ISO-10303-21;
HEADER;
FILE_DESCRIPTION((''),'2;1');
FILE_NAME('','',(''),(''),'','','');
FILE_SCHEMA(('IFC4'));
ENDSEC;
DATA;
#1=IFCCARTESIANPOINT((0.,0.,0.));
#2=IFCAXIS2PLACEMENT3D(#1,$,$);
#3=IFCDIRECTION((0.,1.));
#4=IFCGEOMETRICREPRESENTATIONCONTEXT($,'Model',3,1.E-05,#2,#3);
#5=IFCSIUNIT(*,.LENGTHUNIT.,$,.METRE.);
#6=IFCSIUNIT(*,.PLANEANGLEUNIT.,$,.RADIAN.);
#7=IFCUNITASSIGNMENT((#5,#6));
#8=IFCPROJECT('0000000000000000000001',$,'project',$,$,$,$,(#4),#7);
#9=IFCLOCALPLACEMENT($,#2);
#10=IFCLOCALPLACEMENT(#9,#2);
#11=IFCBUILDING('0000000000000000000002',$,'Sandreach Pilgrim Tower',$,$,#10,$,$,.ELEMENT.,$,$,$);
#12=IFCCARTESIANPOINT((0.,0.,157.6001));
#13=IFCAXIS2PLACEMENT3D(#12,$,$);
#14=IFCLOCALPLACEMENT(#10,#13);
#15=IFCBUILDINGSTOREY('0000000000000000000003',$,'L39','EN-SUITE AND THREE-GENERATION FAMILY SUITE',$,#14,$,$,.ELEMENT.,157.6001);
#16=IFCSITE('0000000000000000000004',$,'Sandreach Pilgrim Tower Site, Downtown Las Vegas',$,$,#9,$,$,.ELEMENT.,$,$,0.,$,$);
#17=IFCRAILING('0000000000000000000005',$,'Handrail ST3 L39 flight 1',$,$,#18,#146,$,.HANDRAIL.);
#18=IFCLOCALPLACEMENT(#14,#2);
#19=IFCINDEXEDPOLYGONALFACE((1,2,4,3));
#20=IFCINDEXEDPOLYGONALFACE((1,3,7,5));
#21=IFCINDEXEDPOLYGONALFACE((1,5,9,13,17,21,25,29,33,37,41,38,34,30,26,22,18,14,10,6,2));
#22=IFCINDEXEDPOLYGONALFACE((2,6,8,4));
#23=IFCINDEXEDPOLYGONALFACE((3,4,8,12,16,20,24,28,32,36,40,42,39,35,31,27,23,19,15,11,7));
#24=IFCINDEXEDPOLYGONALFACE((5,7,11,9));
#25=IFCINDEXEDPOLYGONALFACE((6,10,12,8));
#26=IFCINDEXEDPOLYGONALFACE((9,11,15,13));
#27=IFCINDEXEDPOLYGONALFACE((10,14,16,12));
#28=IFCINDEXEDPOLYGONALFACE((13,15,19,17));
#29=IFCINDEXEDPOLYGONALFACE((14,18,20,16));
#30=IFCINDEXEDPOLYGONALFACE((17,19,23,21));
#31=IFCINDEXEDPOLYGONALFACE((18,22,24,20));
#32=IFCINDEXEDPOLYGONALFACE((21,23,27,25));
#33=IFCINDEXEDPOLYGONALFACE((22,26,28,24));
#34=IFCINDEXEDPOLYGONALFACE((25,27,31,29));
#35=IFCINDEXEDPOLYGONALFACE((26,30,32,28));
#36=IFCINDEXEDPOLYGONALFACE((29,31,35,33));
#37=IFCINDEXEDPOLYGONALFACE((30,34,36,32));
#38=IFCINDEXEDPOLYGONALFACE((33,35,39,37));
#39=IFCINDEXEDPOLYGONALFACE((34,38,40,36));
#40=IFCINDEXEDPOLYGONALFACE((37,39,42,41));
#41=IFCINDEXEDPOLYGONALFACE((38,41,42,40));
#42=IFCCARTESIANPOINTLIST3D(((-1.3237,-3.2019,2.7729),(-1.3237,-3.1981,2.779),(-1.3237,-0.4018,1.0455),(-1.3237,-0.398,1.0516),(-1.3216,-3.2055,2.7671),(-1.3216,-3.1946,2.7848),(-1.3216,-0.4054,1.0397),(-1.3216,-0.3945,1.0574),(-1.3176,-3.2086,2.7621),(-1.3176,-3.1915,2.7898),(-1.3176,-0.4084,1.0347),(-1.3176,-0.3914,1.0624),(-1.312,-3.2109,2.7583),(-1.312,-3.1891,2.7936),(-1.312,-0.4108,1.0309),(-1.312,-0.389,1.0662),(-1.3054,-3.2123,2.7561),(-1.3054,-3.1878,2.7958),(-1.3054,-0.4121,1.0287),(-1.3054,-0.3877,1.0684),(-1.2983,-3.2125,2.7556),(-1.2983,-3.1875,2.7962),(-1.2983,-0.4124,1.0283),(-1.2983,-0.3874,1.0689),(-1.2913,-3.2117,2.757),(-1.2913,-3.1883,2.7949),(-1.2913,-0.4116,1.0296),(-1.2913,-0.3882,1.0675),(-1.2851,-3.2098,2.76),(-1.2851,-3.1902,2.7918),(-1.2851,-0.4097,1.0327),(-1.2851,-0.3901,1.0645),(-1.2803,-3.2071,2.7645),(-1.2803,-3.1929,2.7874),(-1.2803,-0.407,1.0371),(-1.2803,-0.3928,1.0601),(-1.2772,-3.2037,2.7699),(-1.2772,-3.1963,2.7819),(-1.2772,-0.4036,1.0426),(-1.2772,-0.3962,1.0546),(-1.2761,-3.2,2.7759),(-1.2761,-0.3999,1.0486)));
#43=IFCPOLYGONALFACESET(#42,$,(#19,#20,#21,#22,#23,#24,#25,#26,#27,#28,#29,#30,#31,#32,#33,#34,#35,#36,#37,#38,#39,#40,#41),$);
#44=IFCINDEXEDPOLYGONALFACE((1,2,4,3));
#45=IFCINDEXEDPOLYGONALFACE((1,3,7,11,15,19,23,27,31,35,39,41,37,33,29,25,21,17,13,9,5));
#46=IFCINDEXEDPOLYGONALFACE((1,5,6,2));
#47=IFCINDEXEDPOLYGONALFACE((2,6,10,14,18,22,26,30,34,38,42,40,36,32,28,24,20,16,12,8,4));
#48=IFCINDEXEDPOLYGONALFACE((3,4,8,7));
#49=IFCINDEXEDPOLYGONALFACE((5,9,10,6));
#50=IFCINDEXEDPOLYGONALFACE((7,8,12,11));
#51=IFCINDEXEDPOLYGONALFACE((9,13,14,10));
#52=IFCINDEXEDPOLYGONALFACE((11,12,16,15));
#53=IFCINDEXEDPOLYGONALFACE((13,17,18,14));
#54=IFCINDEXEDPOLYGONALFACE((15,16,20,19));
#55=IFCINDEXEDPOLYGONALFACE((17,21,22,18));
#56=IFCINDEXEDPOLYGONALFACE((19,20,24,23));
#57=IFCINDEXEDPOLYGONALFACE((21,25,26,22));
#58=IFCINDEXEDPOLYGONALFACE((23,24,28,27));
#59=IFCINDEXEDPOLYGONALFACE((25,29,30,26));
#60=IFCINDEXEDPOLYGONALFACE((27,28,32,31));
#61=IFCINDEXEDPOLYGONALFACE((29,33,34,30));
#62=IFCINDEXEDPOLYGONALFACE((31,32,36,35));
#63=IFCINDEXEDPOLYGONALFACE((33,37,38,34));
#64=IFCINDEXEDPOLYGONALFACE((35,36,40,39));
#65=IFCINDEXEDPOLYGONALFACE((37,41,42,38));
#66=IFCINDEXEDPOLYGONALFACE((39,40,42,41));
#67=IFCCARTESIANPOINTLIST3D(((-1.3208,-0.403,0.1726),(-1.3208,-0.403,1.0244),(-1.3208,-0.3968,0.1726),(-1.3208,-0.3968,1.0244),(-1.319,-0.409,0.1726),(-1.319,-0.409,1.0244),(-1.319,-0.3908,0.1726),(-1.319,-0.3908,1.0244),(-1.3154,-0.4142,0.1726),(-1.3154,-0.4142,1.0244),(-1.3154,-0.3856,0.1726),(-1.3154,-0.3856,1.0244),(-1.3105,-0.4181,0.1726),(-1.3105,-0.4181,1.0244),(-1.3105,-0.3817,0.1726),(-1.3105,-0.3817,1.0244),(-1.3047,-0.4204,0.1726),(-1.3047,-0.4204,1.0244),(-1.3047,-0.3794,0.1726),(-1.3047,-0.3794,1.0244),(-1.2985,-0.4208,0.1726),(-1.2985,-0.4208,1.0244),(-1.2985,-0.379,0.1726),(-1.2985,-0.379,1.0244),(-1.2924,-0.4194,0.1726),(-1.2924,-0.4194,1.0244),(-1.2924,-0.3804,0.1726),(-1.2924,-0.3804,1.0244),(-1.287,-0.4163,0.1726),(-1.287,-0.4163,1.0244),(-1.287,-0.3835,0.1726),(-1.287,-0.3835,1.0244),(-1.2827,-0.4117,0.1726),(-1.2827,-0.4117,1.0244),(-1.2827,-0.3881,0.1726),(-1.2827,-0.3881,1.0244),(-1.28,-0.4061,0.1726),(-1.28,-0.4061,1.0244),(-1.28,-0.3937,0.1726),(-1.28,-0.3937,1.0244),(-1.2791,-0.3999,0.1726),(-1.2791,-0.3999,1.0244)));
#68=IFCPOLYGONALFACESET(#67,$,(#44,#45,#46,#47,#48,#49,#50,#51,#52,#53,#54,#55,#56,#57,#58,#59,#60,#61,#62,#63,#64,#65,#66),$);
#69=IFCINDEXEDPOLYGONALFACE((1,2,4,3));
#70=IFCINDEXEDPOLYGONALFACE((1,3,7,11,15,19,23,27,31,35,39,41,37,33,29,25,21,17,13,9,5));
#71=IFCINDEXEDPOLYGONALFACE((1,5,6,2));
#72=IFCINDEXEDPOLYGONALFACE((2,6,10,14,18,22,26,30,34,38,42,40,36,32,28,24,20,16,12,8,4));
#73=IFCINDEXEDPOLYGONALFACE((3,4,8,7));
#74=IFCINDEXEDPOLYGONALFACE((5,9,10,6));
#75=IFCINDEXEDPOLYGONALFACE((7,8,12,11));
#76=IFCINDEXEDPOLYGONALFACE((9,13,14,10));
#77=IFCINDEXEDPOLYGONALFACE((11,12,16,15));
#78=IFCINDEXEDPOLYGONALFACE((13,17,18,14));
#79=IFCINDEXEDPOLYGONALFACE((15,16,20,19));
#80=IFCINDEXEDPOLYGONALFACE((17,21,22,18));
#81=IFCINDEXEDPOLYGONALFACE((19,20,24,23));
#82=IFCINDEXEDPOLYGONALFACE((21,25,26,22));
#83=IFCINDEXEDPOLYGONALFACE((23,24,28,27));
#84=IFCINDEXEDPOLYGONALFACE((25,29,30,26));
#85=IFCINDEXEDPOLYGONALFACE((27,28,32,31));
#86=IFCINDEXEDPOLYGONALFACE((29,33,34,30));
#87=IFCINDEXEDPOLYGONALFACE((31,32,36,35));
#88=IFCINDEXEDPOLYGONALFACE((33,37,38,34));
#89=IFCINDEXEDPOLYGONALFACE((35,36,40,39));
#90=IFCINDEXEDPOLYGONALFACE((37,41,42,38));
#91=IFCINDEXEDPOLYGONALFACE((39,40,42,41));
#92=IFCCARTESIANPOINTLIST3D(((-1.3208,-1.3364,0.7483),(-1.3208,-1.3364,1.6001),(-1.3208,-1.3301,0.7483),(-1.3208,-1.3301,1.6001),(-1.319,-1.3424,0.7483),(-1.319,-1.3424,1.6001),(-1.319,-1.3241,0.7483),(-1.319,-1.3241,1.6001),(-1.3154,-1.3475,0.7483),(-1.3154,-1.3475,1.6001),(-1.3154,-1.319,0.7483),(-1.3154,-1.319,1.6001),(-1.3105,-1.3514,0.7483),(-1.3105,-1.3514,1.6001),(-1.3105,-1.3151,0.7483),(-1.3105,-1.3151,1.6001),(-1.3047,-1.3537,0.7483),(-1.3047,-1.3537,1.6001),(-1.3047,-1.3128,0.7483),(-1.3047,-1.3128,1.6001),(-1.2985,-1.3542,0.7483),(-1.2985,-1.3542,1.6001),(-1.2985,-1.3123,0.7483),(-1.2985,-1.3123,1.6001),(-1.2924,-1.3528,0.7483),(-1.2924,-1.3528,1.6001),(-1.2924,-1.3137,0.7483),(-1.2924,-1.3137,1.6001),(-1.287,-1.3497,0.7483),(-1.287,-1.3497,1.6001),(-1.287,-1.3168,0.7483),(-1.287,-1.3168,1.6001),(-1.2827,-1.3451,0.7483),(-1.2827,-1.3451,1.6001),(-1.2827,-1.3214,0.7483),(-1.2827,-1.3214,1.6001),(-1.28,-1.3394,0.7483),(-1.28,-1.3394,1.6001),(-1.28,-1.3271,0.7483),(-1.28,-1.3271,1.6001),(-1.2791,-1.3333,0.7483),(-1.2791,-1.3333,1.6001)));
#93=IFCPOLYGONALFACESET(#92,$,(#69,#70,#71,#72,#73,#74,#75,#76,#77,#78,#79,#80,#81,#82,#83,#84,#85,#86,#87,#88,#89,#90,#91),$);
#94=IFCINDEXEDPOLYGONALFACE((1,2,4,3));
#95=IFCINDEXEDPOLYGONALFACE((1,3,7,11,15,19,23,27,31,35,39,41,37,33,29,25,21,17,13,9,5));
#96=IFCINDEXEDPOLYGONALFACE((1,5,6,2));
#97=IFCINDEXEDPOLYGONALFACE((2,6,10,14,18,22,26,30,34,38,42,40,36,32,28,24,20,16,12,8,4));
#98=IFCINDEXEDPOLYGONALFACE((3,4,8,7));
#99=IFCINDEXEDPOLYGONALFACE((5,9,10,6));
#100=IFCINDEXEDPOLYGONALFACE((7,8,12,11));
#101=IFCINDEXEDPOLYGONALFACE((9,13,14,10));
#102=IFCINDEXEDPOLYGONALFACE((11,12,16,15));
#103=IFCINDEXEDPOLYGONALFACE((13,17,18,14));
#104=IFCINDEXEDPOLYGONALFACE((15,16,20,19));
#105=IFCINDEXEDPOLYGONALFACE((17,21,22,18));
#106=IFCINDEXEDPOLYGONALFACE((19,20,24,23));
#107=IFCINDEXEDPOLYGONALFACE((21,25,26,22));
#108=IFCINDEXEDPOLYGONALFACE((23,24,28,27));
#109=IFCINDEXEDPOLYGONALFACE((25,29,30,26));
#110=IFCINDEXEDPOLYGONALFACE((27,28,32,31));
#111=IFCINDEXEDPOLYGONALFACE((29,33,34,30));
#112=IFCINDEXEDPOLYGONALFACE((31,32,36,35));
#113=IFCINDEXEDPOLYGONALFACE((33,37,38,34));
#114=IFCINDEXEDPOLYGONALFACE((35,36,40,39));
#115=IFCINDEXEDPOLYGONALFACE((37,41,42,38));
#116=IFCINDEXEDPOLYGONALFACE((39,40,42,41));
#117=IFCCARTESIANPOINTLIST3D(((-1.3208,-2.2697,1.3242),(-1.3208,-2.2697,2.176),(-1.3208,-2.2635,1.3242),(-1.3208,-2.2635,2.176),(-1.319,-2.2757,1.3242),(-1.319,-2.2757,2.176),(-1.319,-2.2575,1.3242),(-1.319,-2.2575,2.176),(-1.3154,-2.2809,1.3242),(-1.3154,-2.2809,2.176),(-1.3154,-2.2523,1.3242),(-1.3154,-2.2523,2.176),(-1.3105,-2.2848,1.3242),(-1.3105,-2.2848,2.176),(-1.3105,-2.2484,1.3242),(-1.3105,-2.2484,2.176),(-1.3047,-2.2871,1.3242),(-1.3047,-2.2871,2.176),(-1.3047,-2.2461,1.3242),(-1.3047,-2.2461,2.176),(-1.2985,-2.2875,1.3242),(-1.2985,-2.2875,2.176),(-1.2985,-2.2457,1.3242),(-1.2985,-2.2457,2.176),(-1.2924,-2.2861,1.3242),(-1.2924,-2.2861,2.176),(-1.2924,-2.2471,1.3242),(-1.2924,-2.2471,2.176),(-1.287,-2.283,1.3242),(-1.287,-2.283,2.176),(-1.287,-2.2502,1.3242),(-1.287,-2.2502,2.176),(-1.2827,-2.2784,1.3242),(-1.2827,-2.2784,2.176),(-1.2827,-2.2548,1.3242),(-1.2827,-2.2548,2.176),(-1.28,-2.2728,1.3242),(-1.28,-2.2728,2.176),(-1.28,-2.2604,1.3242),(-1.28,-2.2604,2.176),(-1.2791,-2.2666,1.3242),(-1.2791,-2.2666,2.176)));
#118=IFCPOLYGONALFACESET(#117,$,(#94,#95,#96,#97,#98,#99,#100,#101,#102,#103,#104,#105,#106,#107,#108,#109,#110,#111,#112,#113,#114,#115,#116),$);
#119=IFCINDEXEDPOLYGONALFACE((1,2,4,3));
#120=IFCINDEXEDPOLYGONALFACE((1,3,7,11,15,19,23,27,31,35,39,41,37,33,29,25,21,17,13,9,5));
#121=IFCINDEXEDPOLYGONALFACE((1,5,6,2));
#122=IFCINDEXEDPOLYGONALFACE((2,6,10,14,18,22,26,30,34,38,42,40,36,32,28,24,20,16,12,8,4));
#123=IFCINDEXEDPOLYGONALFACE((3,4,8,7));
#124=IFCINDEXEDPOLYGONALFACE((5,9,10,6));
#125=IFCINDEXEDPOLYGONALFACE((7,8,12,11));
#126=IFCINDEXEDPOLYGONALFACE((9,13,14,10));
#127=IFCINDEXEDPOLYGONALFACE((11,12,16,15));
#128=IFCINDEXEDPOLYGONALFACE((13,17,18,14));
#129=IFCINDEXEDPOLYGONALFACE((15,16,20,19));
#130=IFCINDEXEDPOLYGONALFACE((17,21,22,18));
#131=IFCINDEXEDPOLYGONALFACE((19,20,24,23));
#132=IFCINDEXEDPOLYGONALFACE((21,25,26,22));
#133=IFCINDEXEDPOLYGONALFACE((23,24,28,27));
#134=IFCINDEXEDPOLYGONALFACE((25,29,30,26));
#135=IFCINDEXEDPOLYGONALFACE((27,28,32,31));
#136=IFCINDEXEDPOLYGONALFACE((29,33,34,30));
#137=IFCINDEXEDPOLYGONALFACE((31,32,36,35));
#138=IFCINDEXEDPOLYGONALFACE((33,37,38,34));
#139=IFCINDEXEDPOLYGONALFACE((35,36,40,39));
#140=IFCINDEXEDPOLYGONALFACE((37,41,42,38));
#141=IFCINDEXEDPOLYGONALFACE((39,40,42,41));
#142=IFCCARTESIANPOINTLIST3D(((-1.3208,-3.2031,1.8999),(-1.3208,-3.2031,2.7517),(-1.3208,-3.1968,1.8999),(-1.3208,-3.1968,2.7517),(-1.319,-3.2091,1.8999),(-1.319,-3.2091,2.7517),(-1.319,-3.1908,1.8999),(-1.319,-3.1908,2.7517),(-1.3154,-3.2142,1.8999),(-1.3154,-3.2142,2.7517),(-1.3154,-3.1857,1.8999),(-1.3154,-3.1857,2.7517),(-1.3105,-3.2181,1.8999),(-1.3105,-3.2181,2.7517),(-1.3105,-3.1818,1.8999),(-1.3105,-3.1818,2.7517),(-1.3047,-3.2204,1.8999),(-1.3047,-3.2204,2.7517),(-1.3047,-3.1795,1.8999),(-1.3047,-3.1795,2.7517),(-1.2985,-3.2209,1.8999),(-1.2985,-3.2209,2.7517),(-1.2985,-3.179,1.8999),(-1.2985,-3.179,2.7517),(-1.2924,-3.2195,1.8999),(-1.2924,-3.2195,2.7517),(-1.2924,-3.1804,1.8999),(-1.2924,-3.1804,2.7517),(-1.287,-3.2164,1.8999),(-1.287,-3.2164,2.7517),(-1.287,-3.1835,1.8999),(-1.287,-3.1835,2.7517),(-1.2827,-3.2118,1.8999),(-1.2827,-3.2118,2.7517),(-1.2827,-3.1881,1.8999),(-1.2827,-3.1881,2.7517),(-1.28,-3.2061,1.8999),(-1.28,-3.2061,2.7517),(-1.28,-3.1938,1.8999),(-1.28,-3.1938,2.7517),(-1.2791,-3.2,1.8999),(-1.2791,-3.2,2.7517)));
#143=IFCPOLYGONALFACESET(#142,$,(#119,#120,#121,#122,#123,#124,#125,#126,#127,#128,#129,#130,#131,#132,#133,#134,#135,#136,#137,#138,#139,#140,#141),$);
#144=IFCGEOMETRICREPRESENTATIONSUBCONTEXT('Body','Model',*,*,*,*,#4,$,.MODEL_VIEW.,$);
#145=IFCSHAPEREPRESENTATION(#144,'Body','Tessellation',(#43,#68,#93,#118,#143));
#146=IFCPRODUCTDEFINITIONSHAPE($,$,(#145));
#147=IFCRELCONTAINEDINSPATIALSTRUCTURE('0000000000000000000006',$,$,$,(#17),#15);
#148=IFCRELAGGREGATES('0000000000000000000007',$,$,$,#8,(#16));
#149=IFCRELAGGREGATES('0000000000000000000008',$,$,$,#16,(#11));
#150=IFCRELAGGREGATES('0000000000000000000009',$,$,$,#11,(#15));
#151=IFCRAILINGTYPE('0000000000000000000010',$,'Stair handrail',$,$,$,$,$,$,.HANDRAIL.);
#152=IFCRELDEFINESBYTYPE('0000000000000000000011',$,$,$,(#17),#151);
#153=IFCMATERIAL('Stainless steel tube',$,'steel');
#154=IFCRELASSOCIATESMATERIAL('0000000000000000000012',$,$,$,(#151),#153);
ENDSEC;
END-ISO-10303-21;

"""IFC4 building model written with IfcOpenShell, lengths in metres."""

from ifc_helpers import new_model, si_unit, direction, frame, origin, origin_2d, place, context, subcontext, project, spatial, circle, extrude, material, type_object, element, save


model = new_model("IFC4")

# Units and contexts
model_context = context("Model", 3, precision=1e-05, world=origin(), true_north=direction((0.0, 1.0)))
body_context = subcontext(model_context, "Body", "Model", "MODEL_VIEW")
ifc_project = project(units=[si_unit("LENGTHUNIT", "METRE"), si_unit("PLANEANGLEUNIT", "RADIAN")], contexts=[model_context])

# Site, building, storey
site_placement = place(None, origin())
site = spatial("IfcSite", under=ifc_project, at=site_placement, Name="Sandreach Pilgrim Tower Site, Downtown Las Vegas", CompositionType="ELEMENT", RefElevation=0.0)
building_placement = place(site_placement, origin())
building = spatial("IfcBuilding", under=site, at=building_placement, Name="Sandreach Pilgrim Tower", CompositionType="ELEMENT")
storey_placement = place(building_placement, frame((0.0, 0.0, 157.6001)))
storey = spatial("IfcBuildingStorey", under=building, at=storey_placement, Name="L39", Description="EN-SUITE AND THREE-GENERATION FAMILY SUITE", CompositionType="ELEMENT", Elevation=157.6001)

# Railing
ifc_material_1 = material(Name="Stainless steel tube", Category="steel")
railing_type = type_object("IfcRailingType", Name="Stair handrail", PredefinedType="HANDRAIL", material=ifc_material_1)
for number, where, name in (
    (1, (-1.3, -0.3999, 0.1726), "Handrail ST3 L39 flight 1"),
):
    element("IfcRailing", number, at=place(storey_placement, frame(where)), inside=storey, type_object=railing_type, Name=name, PredefinedType="HANDRAIL", context=body_context, shape_type="SweptSolid", body=[
        extrude(circle(Radius=0.0239, at=origin_2d()), frame((0.0, 0.0, 0.876), z_axis=(0.0, -0.85109, 0.52502), x_axis=(1.0, 0.0, 0.0)), (0.0, 0.0, 1.0), 3.29),
        extrude(circle(Radius=0.021, at=origin_2d()), origin(), (0.0, 0.0, 1.0), 0.8518),
        extrude(circle(Radius=0.021, at=origin_2d()), frame((0.0, -0.9333, 0.5757)), (0.0, 0.0, 1.0), 0.8518),
        extrude(circle(Radius=0.021, at=origin_2d()), frame((0.0, -1.8667, 1.1516)), (0.0, 0.0, 1.0), 0.8518),
        extrude(circle(Radius=0.021, at=origin_2d()), frame((0.0, -2.8, 1.7273)), (0.0, 0.0, 1.0), 0.8518),
    ])

save(model, "model.ifc")
